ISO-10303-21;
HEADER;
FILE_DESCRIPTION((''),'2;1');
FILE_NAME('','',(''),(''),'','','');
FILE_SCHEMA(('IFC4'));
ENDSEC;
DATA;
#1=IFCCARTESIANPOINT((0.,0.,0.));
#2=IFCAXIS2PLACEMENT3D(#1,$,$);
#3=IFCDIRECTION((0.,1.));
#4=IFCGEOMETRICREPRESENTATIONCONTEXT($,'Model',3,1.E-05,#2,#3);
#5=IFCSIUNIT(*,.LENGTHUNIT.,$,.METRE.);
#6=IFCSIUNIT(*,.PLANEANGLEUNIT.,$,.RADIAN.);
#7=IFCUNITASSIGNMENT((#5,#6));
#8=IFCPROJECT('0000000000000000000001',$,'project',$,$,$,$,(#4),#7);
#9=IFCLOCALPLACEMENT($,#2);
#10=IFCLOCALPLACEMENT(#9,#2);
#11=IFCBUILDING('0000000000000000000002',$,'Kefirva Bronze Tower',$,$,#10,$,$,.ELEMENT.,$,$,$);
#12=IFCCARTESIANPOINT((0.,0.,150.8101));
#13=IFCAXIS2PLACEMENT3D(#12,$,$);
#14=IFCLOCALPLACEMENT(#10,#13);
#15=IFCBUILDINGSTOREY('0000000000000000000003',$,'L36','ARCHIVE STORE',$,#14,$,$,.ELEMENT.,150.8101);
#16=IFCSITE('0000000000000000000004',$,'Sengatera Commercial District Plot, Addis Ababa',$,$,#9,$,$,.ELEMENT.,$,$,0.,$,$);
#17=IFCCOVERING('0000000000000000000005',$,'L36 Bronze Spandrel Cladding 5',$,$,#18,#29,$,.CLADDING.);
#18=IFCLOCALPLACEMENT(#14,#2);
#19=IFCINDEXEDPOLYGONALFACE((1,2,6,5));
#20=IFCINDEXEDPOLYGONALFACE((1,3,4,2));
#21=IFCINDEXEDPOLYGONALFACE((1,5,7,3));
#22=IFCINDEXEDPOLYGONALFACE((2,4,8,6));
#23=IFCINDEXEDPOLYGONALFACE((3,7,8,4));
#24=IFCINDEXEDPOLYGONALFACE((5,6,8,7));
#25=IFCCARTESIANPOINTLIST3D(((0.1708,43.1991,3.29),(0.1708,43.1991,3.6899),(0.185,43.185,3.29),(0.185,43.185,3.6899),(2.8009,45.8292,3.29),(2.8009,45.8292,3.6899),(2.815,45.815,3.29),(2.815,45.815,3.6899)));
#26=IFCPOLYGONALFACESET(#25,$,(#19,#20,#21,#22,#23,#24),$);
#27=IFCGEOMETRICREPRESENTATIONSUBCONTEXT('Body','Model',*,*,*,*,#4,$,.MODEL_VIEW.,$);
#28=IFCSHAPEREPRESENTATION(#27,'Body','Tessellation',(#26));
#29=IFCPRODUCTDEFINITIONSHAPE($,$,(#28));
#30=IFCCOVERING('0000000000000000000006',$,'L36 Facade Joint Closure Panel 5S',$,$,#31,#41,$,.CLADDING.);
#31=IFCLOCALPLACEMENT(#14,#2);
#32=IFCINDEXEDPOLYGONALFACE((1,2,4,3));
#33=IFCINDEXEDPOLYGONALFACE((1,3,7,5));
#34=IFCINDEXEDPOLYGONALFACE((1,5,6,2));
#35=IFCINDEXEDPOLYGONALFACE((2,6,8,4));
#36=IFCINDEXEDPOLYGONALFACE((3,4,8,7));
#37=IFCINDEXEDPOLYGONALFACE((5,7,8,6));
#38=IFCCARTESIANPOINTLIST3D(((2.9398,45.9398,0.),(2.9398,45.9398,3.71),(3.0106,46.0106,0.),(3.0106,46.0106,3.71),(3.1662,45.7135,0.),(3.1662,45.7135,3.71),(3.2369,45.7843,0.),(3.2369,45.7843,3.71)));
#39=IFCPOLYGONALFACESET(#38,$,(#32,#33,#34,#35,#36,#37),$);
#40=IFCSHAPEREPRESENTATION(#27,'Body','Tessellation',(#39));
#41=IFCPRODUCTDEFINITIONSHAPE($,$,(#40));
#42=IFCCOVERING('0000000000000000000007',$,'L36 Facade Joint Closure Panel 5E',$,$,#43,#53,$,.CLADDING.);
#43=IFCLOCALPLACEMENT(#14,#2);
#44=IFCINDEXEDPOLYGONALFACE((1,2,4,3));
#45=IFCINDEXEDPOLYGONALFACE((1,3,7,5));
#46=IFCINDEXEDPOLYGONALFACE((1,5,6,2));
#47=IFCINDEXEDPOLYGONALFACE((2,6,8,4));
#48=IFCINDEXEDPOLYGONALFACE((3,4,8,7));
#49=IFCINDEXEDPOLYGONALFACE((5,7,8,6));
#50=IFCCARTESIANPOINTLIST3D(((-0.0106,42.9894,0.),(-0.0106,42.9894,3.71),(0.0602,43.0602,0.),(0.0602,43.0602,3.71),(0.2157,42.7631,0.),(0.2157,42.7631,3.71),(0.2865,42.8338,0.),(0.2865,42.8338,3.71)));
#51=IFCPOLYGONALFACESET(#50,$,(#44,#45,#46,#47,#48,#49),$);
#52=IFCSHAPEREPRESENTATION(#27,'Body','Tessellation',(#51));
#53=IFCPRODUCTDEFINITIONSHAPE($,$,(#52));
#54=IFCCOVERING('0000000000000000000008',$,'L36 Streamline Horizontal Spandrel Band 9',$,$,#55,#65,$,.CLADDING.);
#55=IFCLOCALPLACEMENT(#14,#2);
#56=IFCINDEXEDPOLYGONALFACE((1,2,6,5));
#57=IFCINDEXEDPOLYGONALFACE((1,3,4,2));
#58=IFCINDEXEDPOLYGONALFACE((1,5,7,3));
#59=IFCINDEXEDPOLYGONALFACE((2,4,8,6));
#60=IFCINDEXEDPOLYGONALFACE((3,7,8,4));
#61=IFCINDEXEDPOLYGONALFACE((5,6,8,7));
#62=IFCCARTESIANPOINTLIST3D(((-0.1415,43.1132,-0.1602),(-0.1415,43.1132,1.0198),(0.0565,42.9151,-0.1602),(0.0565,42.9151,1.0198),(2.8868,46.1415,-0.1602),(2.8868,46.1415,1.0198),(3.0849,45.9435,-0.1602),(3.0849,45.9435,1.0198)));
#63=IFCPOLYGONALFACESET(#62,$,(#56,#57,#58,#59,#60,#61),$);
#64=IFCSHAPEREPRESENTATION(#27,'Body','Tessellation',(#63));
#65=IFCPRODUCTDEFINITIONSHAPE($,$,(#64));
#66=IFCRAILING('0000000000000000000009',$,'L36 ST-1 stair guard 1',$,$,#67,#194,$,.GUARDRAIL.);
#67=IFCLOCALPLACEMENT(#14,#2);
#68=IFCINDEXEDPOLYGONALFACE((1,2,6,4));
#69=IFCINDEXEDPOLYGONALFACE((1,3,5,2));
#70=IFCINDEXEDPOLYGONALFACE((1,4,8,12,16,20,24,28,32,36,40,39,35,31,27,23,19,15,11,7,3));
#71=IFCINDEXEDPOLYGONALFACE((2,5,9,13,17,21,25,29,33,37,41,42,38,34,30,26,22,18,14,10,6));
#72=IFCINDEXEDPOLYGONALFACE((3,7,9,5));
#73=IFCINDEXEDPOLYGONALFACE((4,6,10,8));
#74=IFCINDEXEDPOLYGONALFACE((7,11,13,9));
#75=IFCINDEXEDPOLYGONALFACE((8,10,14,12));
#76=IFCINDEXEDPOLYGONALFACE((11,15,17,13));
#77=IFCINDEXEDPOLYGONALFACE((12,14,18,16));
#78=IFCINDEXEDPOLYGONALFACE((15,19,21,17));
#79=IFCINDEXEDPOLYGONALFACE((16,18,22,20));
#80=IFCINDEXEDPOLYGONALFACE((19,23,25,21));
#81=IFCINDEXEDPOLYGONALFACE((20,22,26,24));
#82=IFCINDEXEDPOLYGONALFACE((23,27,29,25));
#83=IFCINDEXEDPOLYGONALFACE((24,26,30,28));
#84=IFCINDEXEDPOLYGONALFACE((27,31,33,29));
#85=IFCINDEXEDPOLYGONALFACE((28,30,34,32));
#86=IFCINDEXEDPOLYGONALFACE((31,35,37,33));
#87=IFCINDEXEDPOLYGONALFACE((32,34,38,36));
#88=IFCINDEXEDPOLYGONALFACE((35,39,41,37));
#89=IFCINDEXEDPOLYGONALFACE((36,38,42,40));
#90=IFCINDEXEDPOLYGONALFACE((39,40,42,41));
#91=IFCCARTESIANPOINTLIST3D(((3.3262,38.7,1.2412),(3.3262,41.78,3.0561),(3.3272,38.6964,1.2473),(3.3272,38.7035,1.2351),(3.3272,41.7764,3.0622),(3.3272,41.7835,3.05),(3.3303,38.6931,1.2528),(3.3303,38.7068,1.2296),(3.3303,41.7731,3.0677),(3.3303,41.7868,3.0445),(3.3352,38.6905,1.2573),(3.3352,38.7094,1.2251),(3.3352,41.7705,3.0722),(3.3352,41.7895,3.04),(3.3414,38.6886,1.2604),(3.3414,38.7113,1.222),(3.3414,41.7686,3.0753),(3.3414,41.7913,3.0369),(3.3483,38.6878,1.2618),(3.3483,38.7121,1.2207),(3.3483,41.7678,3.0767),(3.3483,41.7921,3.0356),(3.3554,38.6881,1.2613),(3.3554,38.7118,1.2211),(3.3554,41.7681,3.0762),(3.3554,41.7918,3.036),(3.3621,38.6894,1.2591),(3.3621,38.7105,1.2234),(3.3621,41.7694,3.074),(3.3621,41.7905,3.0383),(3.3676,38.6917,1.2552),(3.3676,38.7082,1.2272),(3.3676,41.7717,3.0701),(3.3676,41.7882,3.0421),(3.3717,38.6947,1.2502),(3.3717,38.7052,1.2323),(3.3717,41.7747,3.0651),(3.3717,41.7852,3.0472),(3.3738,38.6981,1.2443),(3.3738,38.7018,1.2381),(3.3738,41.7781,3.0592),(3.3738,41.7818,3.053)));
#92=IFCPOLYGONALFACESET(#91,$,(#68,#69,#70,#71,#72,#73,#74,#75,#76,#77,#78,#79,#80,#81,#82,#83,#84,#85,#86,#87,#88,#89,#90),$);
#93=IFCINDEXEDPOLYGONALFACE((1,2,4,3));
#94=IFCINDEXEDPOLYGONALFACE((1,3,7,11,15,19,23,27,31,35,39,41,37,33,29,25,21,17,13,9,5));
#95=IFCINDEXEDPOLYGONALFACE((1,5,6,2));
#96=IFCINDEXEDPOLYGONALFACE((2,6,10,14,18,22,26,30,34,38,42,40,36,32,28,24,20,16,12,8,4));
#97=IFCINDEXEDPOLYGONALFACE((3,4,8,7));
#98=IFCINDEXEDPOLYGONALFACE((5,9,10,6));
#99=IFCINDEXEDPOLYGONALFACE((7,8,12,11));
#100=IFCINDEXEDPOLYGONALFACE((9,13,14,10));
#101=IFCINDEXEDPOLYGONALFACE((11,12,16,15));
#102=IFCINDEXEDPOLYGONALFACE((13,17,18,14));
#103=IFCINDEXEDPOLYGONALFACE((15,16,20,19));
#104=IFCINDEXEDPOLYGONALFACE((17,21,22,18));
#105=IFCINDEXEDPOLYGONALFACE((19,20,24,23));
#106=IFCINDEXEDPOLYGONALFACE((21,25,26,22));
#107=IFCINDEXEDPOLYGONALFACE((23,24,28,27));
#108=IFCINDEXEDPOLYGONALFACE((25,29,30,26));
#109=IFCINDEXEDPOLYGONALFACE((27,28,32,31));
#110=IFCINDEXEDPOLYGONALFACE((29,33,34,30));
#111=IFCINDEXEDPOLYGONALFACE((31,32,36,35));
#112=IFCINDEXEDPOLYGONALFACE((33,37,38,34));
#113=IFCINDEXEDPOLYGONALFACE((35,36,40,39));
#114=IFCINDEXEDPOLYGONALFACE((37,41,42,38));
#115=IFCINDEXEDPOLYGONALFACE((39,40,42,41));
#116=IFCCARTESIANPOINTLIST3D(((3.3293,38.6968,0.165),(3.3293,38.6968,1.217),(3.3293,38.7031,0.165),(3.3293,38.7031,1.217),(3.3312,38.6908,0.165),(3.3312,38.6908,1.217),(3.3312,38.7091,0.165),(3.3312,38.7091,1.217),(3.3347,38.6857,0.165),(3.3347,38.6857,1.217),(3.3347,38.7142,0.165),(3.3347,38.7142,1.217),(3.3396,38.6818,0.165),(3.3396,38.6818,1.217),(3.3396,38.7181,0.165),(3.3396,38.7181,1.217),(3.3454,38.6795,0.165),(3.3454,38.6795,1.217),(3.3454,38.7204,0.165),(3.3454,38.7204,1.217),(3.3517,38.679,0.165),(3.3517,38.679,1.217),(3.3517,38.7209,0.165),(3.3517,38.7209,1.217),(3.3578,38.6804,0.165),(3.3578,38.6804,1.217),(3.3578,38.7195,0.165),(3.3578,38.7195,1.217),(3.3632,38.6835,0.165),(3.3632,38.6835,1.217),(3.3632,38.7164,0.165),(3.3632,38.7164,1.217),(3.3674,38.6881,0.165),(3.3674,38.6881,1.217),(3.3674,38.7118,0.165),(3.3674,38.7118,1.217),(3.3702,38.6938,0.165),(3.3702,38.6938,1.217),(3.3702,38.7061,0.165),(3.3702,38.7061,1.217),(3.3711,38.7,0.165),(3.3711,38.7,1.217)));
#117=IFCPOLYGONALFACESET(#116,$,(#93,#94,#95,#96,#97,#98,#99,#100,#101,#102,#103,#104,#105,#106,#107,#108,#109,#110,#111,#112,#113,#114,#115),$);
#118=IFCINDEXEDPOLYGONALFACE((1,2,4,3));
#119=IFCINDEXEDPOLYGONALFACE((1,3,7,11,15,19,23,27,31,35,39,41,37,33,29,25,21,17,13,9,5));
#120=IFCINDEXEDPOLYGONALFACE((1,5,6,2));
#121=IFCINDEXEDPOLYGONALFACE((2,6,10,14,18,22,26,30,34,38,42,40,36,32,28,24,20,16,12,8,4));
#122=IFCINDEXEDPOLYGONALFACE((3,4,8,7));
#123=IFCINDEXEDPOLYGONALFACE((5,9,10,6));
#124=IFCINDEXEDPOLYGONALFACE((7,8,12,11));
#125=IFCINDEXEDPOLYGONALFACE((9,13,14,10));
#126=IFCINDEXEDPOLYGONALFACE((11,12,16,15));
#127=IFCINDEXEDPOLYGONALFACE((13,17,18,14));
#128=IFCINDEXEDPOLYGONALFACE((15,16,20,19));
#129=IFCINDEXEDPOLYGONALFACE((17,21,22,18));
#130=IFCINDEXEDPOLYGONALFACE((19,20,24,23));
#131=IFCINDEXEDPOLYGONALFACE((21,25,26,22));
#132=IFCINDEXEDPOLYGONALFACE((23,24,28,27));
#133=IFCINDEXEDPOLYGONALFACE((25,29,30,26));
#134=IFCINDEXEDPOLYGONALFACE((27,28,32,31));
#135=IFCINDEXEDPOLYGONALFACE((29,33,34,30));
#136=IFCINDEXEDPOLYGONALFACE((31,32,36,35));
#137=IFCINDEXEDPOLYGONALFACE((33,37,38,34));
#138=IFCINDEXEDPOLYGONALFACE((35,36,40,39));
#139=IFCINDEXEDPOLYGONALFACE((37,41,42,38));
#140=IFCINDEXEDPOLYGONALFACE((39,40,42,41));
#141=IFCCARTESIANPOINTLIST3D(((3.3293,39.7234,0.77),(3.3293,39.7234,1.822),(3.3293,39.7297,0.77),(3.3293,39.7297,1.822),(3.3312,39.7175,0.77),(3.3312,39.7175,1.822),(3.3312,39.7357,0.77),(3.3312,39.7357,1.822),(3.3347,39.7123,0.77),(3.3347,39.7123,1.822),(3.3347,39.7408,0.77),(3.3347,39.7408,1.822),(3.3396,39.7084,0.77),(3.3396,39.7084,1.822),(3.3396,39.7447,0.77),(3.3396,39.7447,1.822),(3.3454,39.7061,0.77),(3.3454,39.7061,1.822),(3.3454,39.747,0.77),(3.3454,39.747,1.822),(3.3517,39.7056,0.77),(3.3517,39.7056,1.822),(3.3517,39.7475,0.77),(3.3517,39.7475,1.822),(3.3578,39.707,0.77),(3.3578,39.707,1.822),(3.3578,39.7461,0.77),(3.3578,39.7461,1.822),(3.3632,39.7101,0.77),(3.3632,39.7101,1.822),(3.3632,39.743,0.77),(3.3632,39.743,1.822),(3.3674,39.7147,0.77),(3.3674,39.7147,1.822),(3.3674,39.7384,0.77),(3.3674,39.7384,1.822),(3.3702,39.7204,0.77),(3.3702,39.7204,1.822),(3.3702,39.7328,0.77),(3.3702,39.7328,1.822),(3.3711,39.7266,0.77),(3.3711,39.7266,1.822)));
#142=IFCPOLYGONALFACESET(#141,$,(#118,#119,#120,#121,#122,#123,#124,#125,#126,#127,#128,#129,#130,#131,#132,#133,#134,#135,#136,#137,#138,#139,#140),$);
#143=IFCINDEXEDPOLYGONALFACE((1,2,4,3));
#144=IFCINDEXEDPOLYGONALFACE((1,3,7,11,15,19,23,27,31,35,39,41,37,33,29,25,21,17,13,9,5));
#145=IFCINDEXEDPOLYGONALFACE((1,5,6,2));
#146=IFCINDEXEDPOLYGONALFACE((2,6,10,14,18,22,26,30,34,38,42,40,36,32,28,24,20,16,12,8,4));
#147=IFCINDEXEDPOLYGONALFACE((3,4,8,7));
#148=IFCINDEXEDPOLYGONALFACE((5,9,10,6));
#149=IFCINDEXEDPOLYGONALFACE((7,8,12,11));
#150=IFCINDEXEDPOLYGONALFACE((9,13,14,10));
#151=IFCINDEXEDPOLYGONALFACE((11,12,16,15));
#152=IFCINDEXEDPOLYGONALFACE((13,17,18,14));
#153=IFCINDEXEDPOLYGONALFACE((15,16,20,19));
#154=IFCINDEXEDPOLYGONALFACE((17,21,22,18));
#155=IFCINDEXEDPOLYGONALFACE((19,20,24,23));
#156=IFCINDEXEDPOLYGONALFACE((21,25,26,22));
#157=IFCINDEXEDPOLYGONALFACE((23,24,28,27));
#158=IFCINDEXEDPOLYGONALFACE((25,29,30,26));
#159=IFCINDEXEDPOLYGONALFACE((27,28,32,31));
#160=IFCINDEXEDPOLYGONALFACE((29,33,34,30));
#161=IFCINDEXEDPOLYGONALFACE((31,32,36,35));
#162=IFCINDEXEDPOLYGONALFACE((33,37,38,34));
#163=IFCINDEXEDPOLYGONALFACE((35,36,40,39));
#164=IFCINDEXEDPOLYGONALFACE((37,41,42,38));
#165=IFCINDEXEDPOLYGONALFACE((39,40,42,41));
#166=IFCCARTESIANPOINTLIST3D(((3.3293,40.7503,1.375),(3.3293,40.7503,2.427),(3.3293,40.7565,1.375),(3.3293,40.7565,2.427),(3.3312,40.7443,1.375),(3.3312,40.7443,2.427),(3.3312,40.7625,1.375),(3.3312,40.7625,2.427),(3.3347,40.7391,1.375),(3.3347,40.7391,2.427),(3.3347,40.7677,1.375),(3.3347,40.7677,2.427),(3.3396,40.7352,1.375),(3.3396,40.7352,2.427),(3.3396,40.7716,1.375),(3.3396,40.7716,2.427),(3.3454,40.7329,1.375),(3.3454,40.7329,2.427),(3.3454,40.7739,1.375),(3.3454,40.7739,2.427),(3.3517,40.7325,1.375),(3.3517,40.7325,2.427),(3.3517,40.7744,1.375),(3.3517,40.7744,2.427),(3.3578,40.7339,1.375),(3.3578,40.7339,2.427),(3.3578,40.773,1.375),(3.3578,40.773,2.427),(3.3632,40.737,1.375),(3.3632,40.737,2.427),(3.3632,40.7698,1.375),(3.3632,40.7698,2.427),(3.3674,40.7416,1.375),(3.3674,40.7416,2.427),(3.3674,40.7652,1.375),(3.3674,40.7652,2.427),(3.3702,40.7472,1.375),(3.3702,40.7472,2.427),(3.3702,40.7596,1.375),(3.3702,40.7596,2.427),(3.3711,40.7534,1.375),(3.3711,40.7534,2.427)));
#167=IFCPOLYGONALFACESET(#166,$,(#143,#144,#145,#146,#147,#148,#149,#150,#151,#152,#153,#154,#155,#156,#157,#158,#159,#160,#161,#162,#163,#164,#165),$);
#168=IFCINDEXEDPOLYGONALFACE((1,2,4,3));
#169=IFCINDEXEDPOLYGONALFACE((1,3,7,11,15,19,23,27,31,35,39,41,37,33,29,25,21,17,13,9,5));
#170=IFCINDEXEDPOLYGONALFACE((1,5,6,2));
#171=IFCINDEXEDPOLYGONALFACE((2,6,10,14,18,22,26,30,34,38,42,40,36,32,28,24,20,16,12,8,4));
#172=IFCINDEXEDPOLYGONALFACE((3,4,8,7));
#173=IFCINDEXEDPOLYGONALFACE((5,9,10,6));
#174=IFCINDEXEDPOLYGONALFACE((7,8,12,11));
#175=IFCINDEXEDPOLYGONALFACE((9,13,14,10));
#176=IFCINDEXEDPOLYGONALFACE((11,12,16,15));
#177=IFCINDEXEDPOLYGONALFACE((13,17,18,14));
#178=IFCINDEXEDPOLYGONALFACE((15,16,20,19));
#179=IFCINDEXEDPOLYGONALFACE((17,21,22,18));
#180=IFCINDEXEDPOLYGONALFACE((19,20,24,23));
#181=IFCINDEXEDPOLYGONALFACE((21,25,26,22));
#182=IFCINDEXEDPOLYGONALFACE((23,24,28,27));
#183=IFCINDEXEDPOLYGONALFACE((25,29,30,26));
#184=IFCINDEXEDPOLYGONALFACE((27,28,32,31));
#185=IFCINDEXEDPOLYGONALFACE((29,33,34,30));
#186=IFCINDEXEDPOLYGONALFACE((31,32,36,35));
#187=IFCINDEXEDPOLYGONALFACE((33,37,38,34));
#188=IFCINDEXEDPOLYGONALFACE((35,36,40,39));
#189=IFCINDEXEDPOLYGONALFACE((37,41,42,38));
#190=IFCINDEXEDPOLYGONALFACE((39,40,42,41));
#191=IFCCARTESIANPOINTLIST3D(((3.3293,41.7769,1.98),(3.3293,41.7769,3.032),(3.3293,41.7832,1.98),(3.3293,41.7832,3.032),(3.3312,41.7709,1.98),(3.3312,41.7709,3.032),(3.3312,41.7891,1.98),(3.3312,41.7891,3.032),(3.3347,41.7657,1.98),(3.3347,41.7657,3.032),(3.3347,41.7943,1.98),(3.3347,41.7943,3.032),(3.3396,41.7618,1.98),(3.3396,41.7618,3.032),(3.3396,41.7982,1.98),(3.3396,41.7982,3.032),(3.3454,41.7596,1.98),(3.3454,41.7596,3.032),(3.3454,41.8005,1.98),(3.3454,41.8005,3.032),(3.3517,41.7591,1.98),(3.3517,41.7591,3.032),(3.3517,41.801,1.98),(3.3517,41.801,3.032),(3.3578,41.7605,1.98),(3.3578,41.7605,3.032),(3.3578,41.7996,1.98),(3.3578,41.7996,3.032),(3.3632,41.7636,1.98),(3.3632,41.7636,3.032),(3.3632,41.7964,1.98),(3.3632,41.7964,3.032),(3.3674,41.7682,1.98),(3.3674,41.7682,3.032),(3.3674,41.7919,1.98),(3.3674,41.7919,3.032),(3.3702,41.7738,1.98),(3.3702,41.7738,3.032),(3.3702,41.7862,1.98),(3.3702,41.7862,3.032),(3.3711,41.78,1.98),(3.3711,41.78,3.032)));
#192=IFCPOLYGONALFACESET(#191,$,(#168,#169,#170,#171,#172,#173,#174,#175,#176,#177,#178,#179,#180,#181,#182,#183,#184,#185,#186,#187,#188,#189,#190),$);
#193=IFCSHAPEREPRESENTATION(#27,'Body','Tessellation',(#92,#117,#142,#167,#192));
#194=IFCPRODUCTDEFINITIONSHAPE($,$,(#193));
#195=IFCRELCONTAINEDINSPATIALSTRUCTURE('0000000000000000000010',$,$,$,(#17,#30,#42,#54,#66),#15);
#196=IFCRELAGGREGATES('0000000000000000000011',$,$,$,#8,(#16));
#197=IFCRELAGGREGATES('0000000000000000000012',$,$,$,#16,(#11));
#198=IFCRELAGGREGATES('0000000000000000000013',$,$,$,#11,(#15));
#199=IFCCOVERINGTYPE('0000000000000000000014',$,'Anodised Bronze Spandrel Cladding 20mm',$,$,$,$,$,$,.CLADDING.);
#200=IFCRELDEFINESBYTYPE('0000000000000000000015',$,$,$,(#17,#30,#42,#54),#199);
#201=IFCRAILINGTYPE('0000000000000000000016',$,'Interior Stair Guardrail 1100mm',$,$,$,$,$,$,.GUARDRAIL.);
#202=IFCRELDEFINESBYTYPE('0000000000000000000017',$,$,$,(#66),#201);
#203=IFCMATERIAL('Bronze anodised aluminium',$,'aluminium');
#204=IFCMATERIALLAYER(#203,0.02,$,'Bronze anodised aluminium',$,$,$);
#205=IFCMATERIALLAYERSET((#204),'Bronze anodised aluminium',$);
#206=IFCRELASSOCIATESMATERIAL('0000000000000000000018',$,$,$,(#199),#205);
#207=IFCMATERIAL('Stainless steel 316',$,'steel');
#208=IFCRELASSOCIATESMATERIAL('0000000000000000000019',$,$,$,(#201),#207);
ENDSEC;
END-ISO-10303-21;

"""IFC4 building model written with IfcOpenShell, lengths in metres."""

from ifc_helpers import new_model, si_unit, direction, frame, origin, origin_2d, place, context, subcontext, project, spatial, rectangle, circle, extrude, material, layer, layer_set, type_object, element, save


model = new_model("IFC4")

# Units and contexts
model_context = context("Model", 3, precision=1e-05, world=origin(), true_north=direction((0.0, 1.0)))
body_context = subcontext(model_context, "Body", "Model", "MODEL_VIEW")
ifc_project = project(units=[si_unit("LENGTHUNIT", "METRE"), si_unit("PLANEANGLEUNIT", "RADIAN")], contexts=[model_context])

# Site, building, storey
site_placement = place(None, origin())
site = spatial("IfcSite", under=ifc_project, at=site_placement, Name="Sengatera Commercial District Plot, Addis Ababa", CompositionType="ELEMENT", RefElevation=0.0)
building_placement = place(site_placement, origin())
building = spatial("IfcBuilding", under=site, at=building_placement, Name="Kefirva Bronze Tower", CompositionType="ELEMENT")
storey_placement = place(building_placement, frame((0.0, 0.0, 150.8101)))
storey = spatial("IfcBuildingStorey", under=building, at=storey_placement, Name="L36", Description="ARCHIVE STORE", CompositionType="ELEMENT", Elevation=150.8101)

# Shared definitions
ifc_material_1 = material(Name="Bronze anodised aluminium", Category="aluminium")

# Coverings
ifc_layer_1 = layer(ifc_material_1, 0.02, Name="Bronze anodised aluminium")
ifc_layer_set_1 = layer_set([ifc_layer_1], Name="Bronze anodised aluminium")
covering_type_1 = type_object("IfcCoveringType", Name="Anodised Bronze Spandrel Cladding 20mm", PredefinedType="CLADDING", material=ifc_layer_set_1)
covering_1_placement = place(storey_placement, frame((1.4929, 44.5071, 3.29), z_axis=(0.0, 0.0, 1.0), x_axis=(-0.707107, -0.707107, 0.0)))
element("IfcCovering", 1, at=covering_1_placement, inside=storey, type_object=covering_type_1, Name="L36 Bronze Spandrel Cladding 5", PredefinedType="CLADDING", context=body_context, shape_type="SweptSolid", body=[
    extrude(rectangle(XDim=3.7195, YDim=0.02, at=origin_2d()), origin(), (0.0, 0.0, 1.0), 0.3999),
])
for number, where, z_axis, x_axis, name in (
    (2, (3.0884, 45.8621, 0.0), (0.0, 0.0, 1.0), (-0.707107, -0.707107, 0.0), "L36 Facade Joint Closure Panel 5S"),
    (3, (0.1379, 42.9116, 0.0), (0.0, 0.0, 1.0), (-0.707107, -0.707107, 0.0), "L36 Facade Joint Closure Panel 5E"),
):
    element("IfcCovering", number, at=place(storey_placement, frame(where, z_axis=z_axis, x_axis=x_axis)), inside=storey, type_object=covering_type_1, Name=name, PredefinedType="CLADDING", context=body_context, shape_type="SweptSolid", body=[
        extrude(rectangle(XDim=0.1001, YDim=0.3201, at=origin_2d()), origin(), (0.0, 0.0, 1.0), 3.71),
    ])
covering_2_placement = place(storey_placement, frame((1.4717, 44.5283, -0.1602), z_axis=(0.0, 0.0, 1.0), x_axis=(-0.707107, -0.707107, 0.0)))
element("IfcCovering", 4, at=covering_2_placement, inside=storey, type_object=covering_type_1, Name="L36 Streamline Horizontal Spandrel Band 9", PredefinedType="CLADDING", context=body_context, shape_type="SweptSolid", body=[
    extrude(rectangle(XDim=4.2827, YDim=0.28, at=origin_2d()), origin(), (0.0, 0.0, 1.0), 1.1799),
])

# Railing
ifc_material_2 = material(Name="Stainless steel 316", Category="steel")
railing_type_1 = type_object("IfcRailingType", Name="Interior Stair Guardrail 1100mm", PredefinedType="GUARDRAIL", material=ifc_material_2)
railing_1_placement = place(storey_placement, frame((3.3501, 38.7, 0.165)))
element("IfcRailing", 5, at=railing_1_placement, inside=storey, type_object=railing_type_1, Name="L36 ST-1 stair guard 1", PredefinedType="GUARDRAIL", context=body_context, shape_type="SweptSolid", body=[
    extrude(circle(Radius=0.0239, at=origin_2d()), frame((0.0, 0.0, 1.0762), z_axis=(0.0, 0.861551, 0.507671), x_axis=(-1.0, 0.0, 0.0)), (0.0, 0.0, 1.0), 3.575),
    extrude(circle(Radius=0.021, at=origin_2d()), origin(), (0.0, 0.0, 1.0), 1.052),
    extrude(circle(Radius=0.021, at=origin_2d()), frame((0.0, 1.0266, 0.605)), (0.0, 0.0, 1.0), 1.052),
    extrude(circle(Radius=0.021, at=origin_2d()), frame((0.0, 2.0535, 1.21)), (0.0, 0.0, 1.0), 1.052),
    extrude(circle(Radius=0.021, at=origin_2d()), frame((0.0, 3.0801, 1.8149)), (0.0, 0.0, 1.0), 1.052),
])

save(model, "model.ifc")
